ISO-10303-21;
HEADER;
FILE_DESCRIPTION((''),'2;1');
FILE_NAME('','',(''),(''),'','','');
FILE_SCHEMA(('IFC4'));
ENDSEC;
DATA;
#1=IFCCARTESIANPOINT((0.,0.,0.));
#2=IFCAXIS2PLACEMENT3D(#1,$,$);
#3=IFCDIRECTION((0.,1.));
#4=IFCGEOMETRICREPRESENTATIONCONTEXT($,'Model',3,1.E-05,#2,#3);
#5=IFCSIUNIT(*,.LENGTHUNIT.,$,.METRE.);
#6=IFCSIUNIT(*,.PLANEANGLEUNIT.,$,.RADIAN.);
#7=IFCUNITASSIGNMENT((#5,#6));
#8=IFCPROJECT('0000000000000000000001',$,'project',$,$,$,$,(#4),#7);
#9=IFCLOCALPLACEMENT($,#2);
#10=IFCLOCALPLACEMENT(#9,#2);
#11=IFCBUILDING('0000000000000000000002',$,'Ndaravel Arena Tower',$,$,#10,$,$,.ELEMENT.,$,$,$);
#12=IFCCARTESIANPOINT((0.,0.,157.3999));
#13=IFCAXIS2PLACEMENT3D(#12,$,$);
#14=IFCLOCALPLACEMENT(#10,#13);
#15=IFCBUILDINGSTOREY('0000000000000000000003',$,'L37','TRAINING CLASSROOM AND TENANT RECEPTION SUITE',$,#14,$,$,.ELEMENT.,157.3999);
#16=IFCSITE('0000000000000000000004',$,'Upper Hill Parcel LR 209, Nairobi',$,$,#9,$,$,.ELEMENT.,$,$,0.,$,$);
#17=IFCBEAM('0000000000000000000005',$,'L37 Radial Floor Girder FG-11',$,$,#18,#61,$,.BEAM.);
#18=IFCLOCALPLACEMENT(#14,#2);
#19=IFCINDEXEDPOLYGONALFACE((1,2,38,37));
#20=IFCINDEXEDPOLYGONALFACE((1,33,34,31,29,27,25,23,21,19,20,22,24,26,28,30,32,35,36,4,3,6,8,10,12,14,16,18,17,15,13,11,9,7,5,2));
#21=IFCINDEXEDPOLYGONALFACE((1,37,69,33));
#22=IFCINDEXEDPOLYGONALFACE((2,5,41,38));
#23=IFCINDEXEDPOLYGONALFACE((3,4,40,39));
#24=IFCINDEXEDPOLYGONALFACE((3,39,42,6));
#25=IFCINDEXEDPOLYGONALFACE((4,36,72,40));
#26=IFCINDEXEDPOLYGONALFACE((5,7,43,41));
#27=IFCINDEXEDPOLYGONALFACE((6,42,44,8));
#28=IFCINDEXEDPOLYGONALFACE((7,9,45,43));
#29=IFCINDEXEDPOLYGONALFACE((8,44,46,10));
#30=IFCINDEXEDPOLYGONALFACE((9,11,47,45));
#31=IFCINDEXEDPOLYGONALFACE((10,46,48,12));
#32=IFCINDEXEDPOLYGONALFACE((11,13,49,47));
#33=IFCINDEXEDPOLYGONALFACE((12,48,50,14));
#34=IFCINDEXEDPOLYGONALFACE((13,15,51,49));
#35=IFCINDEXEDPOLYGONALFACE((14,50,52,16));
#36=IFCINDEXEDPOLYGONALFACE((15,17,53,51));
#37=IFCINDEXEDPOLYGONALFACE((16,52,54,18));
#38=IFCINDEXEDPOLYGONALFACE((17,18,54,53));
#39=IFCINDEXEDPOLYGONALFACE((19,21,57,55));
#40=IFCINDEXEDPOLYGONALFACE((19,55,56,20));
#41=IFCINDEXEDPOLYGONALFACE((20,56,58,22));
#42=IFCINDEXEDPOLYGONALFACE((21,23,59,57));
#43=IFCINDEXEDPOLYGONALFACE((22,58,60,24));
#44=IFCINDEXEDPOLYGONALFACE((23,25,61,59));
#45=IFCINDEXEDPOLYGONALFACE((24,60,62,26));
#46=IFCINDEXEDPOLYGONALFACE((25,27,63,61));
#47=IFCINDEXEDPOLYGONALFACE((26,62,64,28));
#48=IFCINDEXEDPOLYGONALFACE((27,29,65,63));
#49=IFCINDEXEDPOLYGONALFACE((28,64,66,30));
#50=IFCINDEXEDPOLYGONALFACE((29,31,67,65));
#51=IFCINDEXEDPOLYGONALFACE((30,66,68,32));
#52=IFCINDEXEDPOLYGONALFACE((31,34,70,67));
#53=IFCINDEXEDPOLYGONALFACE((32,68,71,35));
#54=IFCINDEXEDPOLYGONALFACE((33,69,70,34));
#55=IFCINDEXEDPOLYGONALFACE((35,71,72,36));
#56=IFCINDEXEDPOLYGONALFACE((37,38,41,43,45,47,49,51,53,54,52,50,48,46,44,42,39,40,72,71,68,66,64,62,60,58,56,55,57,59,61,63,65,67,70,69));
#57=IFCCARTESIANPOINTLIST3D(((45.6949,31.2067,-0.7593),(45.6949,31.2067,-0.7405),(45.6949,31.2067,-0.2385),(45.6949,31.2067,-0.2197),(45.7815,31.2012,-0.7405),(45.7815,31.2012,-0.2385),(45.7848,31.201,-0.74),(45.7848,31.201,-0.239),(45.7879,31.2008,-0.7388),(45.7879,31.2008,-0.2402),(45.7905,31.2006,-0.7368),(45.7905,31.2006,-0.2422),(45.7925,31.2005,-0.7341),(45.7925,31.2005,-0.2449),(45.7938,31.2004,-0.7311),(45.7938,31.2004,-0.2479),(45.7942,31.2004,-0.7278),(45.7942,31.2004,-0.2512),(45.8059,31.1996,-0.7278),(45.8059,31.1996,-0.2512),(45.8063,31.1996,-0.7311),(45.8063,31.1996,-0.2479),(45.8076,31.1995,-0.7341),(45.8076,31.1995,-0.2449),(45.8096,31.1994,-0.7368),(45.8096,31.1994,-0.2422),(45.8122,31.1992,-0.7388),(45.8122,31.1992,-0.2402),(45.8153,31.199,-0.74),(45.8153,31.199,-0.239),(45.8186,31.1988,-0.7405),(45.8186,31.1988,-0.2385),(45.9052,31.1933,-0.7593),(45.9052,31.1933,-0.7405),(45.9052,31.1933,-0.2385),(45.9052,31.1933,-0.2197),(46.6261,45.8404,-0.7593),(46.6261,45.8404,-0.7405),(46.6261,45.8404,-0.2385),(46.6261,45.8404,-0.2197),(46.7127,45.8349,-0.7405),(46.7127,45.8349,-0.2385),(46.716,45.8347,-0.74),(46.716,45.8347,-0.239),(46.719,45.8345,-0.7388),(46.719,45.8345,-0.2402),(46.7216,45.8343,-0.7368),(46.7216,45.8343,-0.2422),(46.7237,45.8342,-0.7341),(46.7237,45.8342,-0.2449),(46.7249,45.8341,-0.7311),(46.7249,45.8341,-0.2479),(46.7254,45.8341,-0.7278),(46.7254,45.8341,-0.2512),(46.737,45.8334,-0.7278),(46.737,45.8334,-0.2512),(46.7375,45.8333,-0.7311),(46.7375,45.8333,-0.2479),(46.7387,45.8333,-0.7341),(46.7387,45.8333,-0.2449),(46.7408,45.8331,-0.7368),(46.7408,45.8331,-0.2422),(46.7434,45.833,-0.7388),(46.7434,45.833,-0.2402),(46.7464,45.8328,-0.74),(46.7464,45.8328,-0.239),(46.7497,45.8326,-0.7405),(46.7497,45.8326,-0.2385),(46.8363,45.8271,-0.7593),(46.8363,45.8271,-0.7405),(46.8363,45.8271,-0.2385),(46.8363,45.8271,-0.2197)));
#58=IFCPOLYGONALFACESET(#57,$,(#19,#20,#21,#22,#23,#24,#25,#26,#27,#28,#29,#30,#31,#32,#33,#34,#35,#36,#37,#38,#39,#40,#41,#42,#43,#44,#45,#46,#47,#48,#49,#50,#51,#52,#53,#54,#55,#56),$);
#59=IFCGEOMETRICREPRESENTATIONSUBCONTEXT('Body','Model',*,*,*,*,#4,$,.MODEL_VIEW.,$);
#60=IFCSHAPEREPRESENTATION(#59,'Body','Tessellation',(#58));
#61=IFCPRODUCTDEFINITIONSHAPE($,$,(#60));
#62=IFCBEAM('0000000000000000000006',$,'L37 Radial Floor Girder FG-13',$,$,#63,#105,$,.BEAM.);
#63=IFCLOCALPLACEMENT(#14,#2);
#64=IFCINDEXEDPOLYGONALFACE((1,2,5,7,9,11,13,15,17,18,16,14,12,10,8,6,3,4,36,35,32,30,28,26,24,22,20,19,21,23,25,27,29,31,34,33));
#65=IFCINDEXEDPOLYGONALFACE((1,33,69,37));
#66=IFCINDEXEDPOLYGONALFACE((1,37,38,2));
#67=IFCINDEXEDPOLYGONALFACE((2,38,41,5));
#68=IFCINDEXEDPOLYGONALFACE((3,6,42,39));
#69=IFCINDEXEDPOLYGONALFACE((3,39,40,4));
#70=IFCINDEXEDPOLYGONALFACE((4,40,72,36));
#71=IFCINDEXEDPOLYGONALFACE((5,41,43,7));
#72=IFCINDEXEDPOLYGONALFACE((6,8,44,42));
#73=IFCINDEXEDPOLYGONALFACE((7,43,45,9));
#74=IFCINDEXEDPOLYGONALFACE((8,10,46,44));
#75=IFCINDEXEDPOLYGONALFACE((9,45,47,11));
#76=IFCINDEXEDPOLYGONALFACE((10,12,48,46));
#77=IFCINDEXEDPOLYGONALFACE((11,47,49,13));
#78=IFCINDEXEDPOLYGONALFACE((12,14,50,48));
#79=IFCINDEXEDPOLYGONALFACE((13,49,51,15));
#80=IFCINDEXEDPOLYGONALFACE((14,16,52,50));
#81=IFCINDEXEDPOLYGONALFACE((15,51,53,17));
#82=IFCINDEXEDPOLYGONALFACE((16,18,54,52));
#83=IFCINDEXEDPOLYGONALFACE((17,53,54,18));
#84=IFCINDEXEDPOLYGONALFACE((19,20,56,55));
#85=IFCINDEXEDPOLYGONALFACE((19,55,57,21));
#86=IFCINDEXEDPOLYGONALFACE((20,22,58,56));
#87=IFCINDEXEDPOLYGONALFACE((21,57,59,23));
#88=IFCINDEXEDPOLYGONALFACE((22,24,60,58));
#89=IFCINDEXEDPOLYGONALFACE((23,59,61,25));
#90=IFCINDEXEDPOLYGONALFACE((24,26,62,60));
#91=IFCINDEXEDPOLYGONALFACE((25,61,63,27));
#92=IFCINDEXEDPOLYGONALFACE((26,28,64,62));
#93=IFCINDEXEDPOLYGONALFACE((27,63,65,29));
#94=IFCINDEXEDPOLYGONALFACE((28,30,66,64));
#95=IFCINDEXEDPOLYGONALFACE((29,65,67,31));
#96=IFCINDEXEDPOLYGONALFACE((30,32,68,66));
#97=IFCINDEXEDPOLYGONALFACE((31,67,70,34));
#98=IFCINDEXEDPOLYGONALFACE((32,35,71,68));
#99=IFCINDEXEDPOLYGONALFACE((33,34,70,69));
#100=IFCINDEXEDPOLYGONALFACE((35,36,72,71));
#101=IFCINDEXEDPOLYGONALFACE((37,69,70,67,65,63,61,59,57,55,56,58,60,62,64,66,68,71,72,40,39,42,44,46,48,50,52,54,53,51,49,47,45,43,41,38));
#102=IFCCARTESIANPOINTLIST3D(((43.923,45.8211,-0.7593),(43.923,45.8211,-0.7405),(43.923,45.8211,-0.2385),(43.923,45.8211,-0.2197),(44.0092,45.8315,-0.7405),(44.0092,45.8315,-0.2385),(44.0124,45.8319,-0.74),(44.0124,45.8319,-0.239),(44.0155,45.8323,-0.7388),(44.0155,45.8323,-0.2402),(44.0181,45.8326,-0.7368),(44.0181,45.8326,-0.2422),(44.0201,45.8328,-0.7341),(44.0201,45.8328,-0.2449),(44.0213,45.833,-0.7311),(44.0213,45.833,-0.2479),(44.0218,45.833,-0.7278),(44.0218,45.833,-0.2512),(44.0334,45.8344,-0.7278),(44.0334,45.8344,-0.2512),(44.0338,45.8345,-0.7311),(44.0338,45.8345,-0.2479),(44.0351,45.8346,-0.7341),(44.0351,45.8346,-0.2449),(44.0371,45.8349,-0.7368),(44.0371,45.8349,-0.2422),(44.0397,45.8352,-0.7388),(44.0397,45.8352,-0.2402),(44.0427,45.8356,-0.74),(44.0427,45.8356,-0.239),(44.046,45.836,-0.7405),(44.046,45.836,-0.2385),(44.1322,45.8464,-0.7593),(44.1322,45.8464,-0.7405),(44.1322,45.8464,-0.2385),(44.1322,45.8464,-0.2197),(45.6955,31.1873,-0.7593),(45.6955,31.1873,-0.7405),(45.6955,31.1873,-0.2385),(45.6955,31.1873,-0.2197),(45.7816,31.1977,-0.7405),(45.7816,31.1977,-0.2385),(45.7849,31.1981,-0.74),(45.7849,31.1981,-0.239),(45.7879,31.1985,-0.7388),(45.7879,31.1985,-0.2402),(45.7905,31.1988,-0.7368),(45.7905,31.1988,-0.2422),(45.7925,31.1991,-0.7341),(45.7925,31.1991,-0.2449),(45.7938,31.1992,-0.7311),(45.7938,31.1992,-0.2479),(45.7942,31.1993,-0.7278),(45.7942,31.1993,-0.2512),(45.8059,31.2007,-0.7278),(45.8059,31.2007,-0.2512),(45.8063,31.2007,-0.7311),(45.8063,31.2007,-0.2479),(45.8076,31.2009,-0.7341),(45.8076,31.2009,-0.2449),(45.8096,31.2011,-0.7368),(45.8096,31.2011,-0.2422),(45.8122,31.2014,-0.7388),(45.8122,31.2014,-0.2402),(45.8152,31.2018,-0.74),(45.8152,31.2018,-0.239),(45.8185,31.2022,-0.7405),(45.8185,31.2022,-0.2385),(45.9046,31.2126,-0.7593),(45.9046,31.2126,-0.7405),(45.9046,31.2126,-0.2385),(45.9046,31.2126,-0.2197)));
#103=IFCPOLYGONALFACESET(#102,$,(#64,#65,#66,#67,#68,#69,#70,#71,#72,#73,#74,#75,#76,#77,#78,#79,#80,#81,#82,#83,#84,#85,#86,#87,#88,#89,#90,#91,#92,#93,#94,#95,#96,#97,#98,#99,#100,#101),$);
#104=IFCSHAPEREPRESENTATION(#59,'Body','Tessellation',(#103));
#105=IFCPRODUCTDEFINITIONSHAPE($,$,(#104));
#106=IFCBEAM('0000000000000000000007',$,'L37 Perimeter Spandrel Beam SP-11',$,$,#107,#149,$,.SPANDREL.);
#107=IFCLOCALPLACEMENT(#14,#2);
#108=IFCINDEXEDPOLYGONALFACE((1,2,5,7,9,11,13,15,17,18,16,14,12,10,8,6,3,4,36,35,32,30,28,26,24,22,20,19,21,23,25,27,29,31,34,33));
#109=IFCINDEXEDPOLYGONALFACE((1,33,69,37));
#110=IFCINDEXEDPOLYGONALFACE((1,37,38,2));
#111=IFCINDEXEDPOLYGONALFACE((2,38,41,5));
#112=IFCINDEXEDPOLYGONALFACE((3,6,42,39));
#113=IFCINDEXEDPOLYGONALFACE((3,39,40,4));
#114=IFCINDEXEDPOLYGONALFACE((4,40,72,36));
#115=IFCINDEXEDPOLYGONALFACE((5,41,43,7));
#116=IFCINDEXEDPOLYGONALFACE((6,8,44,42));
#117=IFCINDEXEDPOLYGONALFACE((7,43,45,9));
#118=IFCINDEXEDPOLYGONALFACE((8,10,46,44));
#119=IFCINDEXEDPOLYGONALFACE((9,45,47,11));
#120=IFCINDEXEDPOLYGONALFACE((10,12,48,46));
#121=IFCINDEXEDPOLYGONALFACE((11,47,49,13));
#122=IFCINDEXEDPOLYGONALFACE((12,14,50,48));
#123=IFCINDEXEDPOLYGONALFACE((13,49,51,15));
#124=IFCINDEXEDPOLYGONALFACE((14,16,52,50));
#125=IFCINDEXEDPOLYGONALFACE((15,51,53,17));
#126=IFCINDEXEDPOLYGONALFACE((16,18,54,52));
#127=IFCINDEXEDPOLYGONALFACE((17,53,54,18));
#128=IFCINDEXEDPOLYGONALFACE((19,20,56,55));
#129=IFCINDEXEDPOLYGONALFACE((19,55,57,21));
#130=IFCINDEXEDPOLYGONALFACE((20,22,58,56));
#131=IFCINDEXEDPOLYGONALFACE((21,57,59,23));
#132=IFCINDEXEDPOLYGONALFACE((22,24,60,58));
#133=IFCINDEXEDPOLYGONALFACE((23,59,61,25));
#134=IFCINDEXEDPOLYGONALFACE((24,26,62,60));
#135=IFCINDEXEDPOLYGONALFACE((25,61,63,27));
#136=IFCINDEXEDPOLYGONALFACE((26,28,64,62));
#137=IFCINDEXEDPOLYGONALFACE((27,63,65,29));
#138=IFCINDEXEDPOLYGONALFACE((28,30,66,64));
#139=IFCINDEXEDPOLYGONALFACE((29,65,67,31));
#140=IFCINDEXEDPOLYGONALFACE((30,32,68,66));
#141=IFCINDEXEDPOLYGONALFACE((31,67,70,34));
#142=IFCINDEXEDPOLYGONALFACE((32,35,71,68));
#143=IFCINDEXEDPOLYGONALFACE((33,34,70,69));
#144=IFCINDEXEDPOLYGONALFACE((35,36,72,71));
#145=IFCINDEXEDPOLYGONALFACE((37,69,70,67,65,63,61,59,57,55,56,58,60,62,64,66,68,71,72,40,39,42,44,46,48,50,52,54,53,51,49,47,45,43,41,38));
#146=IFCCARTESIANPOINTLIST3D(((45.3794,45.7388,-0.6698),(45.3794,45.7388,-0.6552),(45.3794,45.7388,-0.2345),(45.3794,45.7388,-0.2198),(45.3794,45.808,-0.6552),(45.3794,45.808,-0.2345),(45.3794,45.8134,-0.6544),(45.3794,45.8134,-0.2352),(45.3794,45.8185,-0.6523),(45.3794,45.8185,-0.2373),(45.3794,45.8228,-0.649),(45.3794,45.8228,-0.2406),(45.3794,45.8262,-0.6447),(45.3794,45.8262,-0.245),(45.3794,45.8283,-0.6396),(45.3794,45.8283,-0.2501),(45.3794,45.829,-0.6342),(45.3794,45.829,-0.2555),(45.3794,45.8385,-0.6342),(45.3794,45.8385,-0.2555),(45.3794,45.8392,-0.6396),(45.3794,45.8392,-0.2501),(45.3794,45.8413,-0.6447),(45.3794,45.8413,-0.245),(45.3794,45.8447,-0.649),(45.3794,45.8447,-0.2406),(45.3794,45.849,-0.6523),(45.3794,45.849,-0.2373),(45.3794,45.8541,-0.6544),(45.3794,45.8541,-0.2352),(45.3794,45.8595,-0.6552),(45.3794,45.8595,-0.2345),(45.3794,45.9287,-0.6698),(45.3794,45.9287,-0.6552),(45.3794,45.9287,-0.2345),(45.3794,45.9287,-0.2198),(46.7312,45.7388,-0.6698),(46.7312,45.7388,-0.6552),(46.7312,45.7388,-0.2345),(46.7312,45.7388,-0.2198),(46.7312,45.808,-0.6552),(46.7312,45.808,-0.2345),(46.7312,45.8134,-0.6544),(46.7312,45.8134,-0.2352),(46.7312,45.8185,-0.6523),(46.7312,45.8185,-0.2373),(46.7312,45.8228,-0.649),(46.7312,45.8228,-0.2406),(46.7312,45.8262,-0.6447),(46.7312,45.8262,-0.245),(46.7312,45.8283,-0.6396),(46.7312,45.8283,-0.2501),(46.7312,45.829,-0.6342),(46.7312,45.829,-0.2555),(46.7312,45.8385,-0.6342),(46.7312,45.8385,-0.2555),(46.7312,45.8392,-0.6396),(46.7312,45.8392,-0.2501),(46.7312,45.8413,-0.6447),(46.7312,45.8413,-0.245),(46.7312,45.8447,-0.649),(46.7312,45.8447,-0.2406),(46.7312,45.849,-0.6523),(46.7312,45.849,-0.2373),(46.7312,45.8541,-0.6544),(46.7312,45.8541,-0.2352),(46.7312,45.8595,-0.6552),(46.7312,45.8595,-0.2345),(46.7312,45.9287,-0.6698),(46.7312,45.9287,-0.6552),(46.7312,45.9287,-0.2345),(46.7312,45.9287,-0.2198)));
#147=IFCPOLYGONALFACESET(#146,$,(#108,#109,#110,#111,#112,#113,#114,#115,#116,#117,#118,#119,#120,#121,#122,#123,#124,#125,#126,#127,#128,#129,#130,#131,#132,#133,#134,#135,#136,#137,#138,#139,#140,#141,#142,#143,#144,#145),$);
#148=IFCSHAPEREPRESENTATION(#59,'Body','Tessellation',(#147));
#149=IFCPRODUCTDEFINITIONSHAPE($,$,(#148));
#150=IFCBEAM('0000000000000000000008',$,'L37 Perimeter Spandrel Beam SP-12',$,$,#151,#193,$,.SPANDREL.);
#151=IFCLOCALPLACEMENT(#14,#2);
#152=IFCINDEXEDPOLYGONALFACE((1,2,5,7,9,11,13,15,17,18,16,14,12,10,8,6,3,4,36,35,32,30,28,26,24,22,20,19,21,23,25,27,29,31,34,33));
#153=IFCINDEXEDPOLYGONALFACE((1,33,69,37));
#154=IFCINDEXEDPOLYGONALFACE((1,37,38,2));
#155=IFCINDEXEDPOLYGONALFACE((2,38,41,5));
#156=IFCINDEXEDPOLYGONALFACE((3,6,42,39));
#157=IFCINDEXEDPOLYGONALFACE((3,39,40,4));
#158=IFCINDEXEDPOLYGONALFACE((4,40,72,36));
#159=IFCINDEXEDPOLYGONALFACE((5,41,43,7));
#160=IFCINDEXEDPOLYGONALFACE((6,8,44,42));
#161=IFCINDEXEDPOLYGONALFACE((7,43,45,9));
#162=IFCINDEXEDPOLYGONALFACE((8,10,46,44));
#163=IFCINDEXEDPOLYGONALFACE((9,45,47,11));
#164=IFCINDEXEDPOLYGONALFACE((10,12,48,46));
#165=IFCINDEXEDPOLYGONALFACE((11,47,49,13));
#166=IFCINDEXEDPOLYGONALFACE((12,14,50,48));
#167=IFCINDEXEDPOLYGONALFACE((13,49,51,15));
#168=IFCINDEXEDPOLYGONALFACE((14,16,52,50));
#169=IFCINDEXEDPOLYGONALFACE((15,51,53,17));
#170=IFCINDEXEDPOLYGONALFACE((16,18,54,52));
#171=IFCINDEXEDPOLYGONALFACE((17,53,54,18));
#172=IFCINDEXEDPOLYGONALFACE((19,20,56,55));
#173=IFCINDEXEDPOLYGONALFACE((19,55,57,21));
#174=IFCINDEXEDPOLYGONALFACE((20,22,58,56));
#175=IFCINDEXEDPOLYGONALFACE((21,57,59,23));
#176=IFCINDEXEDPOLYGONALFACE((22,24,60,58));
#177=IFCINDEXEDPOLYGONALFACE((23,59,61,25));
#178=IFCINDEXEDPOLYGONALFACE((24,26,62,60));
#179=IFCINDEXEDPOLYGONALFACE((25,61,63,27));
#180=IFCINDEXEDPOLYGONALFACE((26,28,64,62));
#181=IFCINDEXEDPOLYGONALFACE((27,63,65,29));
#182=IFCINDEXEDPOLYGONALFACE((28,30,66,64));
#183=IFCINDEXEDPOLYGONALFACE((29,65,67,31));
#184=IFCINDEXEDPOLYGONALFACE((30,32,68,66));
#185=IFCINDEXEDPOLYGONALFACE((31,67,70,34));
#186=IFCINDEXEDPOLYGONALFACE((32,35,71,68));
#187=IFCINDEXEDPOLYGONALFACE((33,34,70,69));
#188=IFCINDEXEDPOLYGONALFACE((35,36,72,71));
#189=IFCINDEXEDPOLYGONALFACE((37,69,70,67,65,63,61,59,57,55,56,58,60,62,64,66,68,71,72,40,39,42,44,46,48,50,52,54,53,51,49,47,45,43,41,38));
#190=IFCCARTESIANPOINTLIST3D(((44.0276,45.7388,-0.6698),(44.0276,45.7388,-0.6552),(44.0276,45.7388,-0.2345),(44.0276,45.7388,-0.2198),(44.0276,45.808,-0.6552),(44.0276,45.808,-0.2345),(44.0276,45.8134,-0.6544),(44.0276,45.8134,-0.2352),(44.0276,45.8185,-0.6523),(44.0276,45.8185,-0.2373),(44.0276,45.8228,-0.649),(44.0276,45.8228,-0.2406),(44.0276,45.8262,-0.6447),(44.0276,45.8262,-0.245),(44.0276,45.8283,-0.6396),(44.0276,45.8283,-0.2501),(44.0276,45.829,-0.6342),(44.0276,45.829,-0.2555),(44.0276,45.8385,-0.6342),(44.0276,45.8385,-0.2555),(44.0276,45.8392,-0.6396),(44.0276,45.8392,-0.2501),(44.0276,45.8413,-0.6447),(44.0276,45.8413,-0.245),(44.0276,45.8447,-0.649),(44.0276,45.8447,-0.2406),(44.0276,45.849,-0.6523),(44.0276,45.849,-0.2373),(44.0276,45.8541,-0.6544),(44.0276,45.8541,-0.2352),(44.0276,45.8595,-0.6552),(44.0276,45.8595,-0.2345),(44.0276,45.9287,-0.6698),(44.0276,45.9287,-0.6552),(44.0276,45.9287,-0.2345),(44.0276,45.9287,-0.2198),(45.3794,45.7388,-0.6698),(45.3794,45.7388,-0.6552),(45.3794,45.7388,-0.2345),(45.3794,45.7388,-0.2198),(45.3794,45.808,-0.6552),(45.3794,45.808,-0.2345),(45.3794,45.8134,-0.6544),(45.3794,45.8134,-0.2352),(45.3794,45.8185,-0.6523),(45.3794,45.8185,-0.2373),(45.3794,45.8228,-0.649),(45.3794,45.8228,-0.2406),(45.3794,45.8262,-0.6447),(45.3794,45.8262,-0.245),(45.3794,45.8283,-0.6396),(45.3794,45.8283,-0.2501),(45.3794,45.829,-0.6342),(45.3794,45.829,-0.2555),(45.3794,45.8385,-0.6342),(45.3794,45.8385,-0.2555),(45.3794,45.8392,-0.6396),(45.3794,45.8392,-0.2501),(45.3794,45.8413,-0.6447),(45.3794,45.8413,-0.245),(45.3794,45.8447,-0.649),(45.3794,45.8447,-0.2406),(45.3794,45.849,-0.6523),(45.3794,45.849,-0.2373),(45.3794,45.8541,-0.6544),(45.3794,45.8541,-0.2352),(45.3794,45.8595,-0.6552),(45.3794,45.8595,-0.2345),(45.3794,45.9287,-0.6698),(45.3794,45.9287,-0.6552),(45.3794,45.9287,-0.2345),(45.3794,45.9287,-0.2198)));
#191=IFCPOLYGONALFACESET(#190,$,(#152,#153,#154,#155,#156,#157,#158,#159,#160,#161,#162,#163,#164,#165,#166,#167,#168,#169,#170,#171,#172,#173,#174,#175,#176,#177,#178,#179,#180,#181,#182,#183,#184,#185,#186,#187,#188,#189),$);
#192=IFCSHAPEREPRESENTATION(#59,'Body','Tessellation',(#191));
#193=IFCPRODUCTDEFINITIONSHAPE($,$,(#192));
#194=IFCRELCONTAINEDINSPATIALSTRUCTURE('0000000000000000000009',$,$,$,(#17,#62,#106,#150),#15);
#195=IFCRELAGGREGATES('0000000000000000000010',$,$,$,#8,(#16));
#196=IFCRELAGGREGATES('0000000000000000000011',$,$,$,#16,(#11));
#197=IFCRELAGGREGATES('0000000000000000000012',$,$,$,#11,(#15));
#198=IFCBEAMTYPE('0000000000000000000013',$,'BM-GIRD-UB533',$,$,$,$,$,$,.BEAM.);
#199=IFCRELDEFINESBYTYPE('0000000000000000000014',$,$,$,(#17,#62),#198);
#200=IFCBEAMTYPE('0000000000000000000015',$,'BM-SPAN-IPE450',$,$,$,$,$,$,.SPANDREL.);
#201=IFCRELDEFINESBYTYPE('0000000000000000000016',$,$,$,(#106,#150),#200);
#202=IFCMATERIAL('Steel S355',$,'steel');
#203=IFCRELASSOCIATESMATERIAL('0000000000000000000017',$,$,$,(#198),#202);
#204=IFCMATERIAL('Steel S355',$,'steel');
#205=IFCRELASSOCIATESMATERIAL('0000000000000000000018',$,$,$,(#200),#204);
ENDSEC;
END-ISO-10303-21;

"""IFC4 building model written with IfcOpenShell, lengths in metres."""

from ifc_helpers import new_model, si_unit, direction, frame, origin, origin_2d, place, context, subcontext, project, spatial, i_section, extrude, material, material_profile, profile_set, type_object, element, save


model = new_model("IFC4")

# Units and contexts
model_context = context("Model", 3, precision=1e-05, world=origin(), true_north=direction((0.0, 1.0)))
body_context = subcontext(model_context, "Body", "Model", "MODEL_VIEW")
ifc_project = project(units=[si_unit("LENGTHUNIT", "METRE"), si_unit("PLANEANGLEUNIT", "RADIAN")], contexts=[model_context])

# Site, building, storey
site_placement = place(None, origin())
site = spatial("IfcSite", under=ifc_project, at=site_placement, Name="Upper Hill Parcel LR 209, Nairobi", CompositionType="ELEMENT", RefElevation=0.0)
building_placement = place(site_placement, origin())
building = spatial("IfcBuilding", under=site, at=building_placement, Name="Ndaravel Arena Tower", CompositionType="ELEMENT")
storey_placement = place(building_placement, frame((0.0, 0.0, 157.3999)))
storey = spatial("IfcBuildingStorey", under=building, at=storey_placement, Name="L37", Description="TRAINING CLASSROOM AND TENANT RECEPTION SUITE", CompositionType="ELEMENT", Elevation=157.3999)

# Beams
ifc_material_1 = material(Name="Steel S355", Category="steel")
ifc_material_profile_1 = material_profile(ifc_material_1, i_section(OverallWidth=0.2107, OverallDepth=0.5396, WebThickness=0.0117, FlangeThickness=0.0188, FilletRadius=0.0127, at=origin_2d()), Name="UB 533x210x109")
ifc_profile_set_1 = profile_set([ifc_material_profile_1], Name="Steel S355")
beam_type_1 = type_object("IfcBeamType", Name="BM-GIRD-UB533", PredefinedType="BEAM", material=ifc_profile_set_1)
beam_1_placement = place(storey_placement, frame((46.7312, 45.8337, -0.4895), z_axis=(-0.063502, -0.997982, 0.0), x_axis=(0.997982, -0.063502, 0.0)))
element("IfcBeam", 1, at=beam_1_placement, inside=storey, type_object=beam_type_1, Name="L37 Radial Floor Girder FG-11", PredefinedType="BEAM", context=body_context, shape_type="SweptSolid", body=[
    extrude(i_section(OverallWidth=0.2107, OverallDepth=0.5396, WebThickness=0.0117, FlangeThickness=0.0188, FilletRadius=0.0127, at=origin_2d()), origin(), (0.0, 0.0, 1.0), 14.6633),
])
beam_2_placement = place(storey_placement, frame((44.0276, 45.8337, -0.4895), z_axis=(0.120242, -0.992745, 0.0), x_axis=(0.992745, 0.120242, 0.0)))
element("IfcBeam", 2, at=beam_2_placement, inside=storey, type_object=beam_type_1, Name="L37 Radial Floor Girder FG-13", PredefinedType="BEAM", context=body_context, shape_type="SweptSolid", body=[
    extrude(i_section(OverallWidth=0.2107, OverallDepth=0.5396, WebThickness=0.0117, FlangeThickness=0.0188, FilletRadius=0.0127, at=origin_2d()), origin(), (0.0, 0.0, 1.0), 14.7407),
])
ifc_material_2 = material(Name="Steel S355", Category="steel")
ifc_material_profile_2 = material_profile(ifc_material_2, i_section(OverallWidth=0.1899, OverallDepth=0.45, WebThickness=0.0095, FlangeThickness=0.0146, FilletRadius=0.021, at=origin_2d()), Name="IPE 450")
ifc_profile_set_2 = profile_set([ifc_material_profile_2], Name="Steel S355")
beam_type_2 = type_object("IfcBeamType", Name="BM-SPAN-IPE450", PredefinedType="SPANDREL", material=ifc_profile_set_2)
for number, where, z_axis, x_axis, name in (
    (3, (46.7312, 45.8337, -0.4448), (-1.0, 0.0, 0.0), (0.0, -1.0, 0.0), "L37 Perimeter Spandrel Beam SP-11"),
    (4, (45.3794, 45.8337, -0.4448), (-1.0, 0.0, 0.0), (0.0, -1.0, 0.0), "L37 Perimeter Spandrel Beam SP-12"),
):
    element("IfcBeam", number, at=place(storey_placement, frame(where, z_axis=z_axis, x_axis=x_axis)), inside=storey, type_object=beam_type_2, Name=name, PredefinedType="SPANDREL", context=body_context, shape_type="SweptSolid", body=[
        extrude(i_section(OverallWidth=0.1899, OverallDepth=0.45, WebThickness=0.0095, FlangeThickness=0.0146, FilletRadius=0.021, at=origin_2d()), origin(), (0.0, 0.0, 1.0), 1.3518),
    ])

save(model, "model.ifc")
